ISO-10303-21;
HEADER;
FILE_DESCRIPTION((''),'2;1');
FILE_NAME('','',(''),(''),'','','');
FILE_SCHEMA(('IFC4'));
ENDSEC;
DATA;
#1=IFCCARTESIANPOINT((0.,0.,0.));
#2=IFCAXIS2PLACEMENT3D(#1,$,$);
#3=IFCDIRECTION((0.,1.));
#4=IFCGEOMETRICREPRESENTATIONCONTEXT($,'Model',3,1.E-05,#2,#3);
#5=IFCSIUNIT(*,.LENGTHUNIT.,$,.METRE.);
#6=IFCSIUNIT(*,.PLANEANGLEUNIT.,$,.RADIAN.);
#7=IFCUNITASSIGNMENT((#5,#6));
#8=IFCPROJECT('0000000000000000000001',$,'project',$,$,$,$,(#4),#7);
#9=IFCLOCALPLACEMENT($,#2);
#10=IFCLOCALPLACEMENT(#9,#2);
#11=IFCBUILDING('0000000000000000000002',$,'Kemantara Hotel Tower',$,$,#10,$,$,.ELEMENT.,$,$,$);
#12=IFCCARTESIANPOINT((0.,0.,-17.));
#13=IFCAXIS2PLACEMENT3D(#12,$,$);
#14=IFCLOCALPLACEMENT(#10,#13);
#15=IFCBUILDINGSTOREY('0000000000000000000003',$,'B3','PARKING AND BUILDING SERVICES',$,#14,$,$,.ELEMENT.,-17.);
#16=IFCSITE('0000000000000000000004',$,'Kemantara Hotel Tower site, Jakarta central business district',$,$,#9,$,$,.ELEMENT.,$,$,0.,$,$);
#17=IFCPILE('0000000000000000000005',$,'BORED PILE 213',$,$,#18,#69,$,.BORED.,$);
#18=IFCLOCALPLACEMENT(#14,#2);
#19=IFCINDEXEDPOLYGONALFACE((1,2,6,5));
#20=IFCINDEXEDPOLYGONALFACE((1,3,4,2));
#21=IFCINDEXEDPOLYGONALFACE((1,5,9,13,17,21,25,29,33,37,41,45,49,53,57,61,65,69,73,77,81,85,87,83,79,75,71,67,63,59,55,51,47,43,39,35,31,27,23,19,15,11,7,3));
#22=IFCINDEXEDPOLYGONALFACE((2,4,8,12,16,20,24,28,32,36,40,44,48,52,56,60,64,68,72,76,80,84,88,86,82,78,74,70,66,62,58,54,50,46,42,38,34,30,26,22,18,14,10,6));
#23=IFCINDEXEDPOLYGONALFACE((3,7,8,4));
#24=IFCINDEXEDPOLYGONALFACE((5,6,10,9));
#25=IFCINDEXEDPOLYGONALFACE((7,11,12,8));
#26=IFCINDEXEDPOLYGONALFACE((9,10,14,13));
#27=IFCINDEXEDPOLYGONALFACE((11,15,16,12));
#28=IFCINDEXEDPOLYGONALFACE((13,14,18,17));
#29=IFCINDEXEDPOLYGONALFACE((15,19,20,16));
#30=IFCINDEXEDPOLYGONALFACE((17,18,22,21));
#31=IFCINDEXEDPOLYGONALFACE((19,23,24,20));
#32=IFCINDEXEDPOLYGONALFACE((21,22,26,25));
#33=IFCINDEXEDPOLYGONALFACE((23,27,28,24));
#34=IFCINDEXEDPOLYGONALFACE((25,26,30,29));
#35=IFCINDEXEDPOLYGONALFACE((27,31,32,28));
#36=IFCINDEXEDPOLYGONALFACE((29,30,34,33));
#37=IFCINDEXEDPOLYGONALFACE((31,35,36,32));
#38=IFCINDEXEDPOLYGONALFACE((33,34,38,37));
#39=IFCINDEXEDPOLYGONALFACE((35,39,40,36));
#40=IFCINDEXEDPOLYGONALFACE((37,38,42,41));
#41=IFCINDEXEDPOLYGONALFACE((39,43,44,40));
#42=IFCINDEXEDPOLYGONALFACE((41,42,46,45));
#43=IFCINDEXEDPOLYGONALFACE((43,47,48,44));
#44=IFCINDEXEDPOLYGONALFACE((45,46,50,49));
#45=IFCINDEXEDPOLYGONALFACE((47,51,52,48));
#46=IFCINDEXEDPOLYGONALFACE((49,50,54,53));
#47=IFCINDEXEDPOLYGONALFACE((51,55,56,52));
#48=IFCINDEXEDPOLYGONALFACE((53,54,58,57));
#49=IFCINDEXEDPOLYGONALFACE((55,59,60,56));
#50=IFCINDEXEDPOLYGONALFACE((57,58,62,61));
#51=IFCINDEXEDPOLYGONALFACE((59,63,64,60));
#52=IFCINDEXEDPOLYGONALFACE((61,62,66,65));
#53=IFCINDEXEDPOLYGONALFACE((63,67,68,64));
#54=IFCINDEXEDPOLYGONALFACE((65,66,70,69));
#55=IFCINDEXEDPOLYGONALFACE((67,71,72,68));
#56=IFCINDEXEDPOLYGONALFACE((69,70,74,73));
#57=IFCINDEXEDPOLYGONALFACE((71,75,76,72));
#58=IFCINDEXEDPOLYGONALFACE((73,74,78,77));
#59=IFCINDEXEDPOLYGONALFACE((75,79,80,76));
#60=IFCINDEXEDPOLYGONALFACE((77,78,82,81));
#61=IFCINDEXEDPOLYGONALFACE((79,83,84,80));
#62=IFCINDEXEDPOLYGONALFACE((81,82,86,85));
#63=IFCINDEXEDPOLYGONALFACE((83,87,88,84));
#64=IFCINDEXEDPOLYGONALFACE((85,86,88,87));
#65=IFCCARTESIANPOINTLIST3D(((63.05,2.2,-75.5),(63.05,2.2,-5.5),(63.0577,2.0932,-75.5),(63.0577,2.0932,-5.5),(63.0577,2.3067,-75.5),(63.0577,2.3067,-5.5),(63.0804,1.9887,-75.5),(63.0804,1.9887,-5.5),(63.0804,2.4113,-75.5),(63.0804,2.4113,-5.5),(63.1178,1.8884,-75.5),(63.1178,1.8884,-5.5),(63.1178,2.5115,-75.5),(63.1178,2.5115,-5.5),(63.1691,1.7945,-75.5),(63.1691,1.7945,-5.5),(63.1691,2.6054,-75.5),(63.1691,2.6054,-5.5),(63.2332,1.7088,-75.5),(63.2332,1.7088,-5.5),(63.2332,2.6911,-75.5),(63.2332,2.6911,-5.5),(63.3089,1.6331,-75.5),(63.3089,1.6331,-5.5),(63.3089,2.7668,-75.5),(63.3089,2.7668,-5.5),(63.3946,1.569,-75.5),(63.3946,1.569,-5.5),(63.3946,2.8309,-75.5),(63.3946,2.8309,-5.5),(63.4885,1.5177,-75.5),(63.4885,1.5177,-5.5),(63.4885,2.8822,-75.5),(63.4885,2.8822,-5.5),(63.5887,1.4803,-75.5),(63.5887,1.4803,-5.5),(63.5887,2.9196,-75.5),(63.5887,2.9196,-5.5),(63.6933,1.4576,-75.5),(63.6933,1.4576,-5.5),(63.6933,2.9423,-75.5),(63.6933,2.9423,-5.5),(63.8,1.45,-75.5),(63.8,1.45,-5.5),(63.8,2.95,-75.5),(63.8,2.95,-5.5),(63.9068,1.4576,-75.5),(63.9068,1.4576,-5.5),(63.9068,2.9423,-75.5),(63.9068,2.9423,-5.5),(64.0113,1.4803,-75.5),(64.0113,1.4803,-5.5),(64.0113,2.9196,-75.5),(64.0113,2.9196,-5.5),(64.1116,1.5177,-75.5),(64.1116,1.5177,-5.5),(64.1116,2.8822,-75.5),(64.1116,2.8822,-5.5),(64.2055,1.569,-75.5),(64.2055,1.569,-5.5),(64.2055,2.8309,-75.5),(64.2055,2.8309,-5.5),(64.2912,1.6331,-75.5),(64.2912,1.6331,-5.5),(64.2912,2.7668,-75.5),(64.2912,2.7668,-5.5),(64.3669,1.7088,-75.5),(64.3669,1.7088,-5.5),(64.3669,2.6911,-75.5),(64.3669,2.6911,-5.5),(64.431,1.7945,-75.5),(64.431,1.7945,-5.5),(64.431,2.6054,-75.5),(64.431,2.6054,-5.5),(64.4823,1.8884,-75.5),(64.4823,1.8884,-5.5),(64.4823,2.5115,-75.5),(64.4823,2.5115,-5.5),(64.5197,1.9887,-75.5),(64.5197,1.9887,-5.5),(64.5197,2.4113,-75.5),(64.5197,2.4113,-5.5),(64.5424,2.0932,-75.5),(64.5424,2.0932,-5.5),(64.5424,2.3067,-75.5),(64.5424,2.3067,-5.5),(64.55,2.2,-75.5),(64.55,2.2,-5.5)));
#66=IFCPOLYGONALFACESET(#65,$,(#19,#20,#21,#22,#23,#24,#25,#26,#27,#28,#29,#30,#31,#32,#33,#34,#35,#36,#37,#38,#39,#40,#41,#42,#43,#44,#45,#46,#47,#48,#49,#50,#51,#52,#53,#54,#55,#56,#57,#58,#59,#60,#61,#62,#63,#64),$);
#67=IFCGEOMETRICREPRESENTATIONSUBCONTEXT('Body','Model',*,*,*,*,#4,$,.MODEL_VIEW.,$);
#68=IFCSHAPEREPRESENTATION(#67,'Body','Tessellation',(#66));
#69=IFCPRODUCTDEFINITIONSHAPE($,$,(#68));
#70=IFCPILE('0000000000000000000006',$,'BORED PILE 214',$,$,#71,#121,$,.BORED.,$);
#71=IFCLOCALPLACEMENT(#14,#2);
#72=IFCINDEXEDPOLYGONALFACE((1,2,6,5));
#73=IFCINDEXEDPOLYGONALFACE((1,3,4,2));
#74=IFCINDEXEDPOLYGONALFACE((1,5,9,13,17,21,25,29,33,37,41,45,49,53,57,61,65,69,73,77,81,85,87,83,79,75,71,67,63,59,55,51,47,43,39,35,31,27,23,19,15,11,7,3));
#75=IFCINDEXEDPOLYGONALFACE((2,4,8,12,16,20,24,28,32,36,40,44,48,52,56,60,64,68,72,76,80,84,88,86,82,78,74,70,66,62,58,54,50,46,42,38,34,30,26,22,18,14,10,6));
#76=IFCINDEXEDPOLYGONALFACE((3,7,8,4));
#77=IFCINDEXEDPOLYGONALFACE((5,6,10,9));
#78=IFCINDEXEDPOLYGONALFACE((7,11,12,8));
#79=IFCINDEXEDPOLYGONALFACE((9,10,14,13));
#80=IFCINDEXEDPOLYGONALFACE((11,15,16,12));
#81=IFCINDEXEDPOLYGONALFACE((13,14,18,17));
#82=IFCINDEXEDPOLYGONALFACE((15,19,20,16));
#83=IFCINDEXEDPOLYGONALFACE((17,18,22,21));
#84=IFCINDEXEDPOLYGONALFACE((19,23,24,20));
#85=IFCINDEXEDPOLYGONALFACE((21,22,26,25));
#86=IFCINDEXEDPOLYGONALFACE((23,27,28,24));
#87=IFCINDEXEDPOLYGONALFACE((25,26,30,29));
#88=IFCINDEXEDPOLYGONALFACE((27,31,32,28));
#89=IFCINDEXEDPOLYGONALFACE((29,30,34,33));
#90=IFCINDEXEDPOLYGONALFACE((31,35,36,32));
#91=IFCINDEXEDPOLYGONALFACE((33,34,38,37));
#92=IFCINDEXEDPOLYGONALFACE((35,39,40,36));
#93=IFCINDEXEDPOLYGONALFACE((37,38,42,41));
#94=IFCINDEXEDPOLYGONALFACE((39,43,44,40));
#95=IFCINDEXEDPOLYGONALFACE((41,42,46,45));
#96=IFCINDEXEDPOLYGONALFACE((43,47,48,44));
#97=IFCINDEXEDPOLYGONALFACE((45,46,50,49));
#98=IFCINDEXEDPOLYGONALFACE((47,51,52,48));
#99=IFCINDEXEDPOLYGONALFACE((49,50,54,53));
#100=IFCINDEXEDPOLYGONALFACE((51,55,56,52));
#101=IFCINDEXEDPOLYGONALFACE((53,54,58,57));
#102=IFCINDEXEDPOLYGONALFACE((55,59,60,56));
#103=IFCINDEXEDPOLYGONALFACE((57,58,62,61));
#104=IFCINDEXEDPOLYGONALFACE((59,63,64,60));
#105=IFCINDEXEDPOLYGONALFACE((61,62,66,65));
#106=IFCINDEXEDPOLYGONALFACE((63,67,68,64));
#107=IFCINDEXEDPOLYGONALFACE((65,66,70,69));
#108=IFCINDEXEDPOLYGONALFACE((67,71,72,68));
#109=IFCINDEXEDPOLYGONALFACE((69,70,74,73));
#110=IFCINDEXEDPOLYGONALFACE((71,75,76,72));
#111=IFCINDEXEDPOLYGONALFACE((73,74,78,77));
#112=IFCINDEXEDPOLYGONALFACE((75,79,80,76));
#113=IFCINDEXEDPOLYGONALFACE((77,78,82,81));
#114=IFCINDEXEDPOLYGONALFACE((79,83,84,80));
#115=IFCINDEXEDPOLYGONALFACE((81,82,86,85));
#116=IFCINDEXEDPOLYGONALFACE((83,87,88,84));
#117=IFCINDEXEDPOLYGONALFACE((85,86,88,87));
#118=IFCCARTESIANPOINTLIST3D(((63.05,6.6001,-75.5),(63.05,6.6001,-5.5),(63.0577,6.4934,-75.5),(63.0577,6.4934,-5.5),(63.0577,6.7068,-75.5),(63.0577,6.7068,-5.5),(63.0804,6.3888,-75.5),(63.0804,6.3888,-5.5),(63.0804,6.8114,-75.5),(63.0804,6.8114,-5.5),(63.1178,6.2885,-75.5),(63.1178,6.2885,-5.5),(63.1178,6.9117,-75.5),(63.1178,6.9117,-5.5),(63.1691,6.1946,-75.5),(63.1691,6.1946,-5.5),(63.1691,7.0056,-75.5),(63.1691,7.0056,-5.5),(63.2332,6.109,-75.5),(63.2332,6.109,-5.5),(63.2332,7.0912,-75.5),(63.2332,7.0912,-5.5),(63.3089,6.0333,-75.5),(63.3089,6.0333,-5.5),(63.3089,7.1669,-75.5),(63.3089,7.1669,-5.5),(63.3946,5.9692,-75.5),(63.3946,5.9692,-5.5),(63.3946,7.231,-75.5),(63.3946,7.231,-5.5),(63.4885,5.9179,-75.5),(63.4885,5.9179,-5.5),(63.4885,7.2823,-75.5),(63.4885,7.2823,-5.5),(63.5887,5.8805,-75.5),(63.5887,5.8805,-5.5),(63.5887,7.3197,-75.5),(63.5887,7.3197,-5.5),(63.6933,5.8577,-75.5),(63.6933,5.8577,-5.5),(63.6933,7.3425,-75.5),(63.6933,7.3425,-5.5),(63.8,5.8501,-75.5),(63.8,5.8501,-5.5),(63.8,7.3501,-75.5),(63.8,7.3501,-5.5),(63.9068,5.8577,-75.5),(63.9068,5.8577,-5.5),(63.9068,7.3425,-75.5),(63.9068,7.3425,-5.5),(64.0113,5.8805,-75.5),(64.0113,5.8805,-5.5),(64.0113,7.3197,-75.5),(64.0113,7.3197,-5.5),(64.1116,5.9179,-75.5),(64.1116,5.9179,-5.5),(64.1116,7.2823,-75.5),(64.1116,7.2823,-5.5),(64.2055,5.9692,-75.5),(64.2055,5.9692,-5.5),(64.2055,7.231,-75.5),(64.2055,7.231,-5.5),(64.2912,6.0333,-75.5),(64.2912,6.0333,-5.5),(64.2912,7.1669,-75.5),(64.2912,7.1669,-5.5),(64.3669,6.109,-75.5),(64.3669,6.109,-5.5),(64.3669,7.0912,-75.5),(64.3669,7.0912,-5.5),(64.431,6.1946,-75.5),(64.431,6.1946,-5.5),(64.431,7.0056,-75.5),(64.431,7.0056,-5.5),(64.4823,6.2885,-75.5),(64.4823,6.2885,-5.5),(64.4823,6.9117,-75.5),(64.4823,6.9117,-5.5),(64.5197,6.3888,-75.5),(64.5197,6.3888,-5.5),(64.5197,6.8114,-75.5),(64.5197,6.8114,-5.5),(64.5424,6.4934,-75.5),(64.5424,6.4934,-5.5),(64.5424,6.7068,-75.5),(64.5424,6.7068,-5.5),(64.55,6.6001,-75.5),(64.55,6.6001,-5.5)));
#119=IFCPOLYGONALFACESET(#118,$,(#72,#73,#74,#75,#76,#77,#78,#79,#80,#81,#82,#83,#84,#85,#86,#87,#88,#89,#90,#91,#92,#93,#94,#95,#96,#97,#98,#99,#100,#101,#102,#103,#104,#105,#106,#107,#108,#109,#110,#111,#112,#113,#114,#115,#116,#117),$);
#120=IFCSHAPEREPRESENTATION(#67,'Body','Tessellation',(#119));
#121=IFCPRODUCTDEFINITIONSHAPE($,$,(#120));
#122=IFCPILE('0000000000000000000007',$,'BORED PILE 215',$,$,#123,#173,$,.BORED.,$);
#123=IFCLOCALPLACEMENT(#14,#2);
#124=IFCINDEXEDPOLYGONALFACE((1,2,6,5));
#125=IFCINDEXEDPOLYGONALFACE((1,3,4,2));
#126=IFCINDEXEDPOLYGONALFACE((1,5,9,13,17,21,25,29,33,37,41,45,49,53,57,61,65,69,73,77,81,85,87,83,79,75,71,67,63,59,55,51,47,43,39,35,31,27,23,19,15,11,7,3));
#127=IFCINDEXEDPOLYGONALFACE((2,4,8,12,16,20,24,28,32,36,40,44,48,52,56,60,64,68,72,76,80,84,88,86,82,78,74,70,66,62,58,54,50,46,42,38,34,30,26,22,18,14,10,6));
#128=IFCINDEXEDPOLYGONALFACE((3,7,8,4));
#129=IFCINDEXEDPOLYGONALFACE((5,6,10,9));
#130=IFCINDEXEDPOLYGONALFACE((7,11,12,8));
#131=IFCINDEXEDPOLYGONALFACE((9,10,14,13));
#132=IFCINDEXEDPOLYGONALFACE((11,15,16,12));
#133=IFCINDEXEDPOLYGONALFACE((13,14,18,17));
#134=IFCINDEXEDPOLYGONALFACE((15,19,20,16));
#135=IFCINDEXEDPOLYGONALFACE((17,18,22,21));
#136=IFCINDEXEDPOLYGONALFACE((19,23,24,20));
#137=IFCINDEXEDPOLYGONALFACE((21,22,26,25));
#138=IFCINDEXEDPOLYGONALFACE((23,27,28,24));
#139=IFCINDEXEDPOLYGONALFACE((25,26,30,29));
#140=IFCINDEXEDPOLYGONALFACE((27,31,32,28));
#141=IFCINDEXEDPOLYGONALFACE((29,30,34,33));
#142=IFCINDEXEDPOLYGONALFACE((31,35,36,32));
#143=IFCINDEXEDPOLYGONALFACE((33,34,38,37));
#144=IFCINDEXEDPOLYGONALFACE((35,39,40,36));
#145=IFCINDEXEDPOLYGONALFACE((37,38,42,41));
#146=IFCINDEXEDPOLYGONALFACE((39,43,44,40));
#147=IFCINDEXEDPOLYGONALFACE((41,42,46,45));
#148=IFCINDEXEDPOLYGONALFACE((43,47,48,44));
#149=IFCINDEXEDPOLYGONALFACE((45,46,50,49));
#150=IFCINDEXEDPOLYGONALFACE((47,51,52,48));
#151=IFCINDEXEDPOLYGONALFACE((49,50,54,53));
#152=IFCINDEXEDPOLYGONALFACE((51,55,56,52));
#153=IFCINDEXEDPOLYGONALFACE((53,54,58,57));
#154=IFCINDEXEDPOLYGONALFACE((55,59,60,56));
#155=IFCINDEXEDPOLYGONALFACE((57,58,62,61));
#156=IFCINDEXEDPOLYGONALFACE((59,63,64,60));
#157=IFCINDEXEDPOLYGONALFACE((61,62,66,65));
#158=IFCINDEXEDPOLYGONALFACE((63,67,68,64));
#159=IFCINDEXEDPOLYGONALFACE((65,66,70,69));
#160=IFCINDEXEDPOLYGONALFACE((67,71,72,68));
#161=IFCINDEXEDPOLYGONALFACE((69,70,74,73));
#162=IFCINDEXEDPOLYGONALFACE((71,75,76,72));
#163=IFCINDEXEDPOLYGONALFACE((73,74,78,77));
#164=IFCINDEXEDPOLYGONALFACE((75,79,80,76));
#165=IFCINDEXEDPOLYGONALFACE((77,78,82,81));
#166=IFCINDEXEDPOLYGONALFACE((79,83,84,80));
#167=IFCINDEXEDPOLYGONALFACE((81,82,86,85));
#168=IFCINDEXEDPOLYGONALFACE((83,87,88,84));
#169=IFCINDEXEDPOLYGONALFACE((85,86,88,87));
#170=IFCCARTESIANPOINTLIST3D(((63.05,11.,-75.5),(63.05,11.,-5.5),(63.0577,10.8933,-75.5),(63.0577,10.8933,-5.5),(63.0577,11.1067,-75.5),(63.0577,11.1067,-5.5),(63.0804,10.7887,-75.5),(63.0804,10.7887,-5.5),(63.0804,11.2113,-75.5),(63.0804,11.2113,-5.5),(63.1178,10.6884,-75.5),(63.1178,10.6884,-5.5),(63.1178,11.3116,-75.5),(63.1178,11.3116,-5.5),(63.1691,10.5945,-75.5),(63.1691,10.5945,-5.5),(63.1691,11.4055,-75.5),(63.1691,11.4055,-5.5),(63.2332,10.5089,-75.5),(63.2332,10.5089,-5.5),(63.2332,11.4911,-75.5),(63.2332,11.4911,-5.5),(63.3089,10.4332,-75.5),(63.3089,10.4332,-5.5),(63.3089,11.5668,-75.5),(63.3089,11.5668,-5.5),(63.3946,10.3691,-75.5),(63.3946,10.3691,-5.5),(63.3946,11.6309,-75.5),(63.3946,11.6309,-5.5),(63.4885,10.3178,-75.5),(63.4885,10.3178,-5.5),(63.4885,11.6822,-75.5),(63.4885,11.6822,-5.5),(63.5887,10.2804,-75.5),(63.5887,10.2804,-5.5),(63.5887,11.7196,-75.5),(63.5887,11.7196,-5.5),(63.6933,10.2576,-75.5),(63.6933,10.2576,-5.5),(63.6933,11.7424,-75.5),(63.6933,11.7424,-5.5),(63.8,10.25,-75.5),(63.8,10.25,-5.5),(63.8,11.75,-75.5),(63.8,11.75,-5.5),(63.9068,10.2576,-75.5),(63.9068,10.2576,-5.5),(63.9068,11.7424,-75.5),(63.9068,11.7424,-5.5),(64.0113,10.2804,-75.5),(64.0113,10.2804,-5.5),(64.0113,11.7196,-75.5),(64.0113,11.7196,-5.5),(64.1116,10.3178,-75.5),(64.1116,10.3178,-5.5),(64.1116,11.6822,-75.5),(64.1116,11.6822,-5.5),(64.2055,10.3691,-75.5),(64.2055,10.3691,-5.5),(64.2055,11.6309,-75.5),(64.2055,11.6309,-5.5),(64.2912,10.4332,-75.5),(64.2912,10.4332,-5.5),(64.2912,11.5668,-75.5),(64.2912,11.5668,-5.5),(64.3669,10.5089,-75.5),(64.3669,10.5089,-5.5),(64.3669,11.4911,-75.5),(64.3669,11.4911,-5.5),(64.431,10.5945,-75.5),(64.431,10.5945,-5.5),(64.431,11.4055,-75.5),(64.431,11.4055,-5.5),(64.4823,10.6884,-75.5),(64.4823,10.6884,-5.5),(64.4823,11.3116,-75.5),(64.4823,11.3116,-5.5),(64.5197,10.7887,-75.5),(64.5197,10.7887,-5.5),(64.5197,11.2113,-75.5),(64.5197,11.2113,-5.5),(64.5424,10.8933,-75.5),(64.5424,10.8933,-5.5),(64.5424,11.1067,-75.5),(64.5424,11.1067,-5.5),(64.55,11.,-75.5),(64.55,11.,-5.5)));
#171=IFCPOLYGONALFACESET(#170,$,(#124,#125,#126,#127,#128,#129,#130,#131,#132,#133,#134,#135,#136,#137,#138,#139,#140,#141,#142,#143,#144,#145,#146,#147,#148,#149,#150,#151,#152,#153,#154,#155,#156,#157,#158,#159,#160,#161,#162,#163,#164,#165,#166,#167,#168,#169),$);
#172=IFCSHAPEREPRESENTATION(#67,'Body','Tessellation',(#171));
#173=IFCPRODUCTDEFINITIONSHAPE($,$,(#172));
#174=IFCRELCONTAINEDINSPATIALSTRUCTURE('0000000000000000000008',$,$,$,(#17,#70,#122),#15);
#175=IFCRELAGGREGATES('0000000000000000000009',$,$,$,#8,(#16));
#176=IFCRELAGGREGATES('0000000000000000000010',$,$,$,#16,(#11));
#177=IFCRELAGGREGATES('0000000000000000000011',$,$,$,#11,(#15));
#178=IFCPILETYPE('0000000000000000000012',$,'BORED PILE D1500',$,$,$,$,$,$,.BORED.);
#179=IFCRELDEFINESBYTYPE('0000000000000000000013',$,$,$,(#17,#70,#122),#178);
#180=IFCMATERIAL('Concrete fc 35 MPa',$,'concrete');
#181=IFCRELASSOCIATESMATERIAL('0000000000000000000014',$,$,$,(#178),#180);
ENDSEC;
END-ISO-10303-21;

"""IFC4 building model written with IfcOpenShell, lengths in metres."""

from ifc_helpers import new_model, si_unit, direction, frame, origin, origin_2d, place, context, subcontext, project, spatial, circle, extrude, material, material_profile, profile_set, type_object, element, save


model = new_model("IFC4")

# Units and contexts
model_context = context("Model", 3, precision=1e-05, world=origin(), true_north=direction((0.0, 1.0)))
body_context = subcontext(model_context, "Body", "Model", "MODEL_VIEW")
ifc_project = project(units=[si_unit("LENGTHUNIT", "METRE"), si_unit("PLANEANGLEUNIT", "RADIAN")], contexts=[model_context])

# Site, building, storey
site_placement = place(None, origin())
site = spatial("IfcSite", under=ifc_project, at=site_placement, Name="Kemantara Hotel Tower site, Jakarta central business district", CompositionType="ELEMENT", RefElevation=0.0)
building_placement = place(site_placement, origin())
building = spatial("IfcBuilding", under=site, at=building_placement, Name="Kemantara Hotel Tower", CompositionType="ELEMENT")
storey_placement = place(building_placement, frame((0.0, 0.0, -17.0)))
storey = spatial("IfcBuildingStorey", under=building, at=storey_placement, Name="B3", Description="PARKING AND BUILDING SERVICES", CompositionType="ELEMENT", Elevation=-17.0)

# Piles
ifc_material_1 = material(Name="Concrete fc 35 MPa", Category="concrete")
ifc_material_profile_1 = material_profile(ifc_material_1, circle(Radius=0.75, at=origin_2d()), Name="BORED PILE D1500")
ifc_profile_set_1 = profile_set([ifc_material_profile_1], Name="Concrete fc 35 MPa")
pile_type = type_object("IfcPileType", Name="BORED PILE D1500", PredefinedType="BORED", material=ifc_profile_set_1)
for number, where, z_axis, x_axis, name in (
    (1, (63.8, 2.2, -5.5), (0.0, 0.0, -1.0), (1.0, 0.0, 0.0), "BORED PILE 213"),
    (2, (63.8, 6.6001, -5.5), (0.0, 0.0, -1.0), (1.0, 0.0, 0.0), "BORED PILE 214"),
    (3, (63.8, 11.0, -5.5), (0.0, 0.0, -1.0), (1.0, 0.0, 0.0), "BORED PILE 215"),
):
    element("IfcPile", number, at=place(storey_placement, frame(where, z_axis=z_axis, x_axis=x_axis)), inside=storey, type_object=pile_type, Name=name, PredefinedType="BORED", context=body_context, shape_type="SweptSolid", body=[
        extrude(circle(Radius=0.75, at=origin_2d()), origin(), (0.0, 0.0, 1.0), 70.0),
    ])

save(model, "model.ifc")
